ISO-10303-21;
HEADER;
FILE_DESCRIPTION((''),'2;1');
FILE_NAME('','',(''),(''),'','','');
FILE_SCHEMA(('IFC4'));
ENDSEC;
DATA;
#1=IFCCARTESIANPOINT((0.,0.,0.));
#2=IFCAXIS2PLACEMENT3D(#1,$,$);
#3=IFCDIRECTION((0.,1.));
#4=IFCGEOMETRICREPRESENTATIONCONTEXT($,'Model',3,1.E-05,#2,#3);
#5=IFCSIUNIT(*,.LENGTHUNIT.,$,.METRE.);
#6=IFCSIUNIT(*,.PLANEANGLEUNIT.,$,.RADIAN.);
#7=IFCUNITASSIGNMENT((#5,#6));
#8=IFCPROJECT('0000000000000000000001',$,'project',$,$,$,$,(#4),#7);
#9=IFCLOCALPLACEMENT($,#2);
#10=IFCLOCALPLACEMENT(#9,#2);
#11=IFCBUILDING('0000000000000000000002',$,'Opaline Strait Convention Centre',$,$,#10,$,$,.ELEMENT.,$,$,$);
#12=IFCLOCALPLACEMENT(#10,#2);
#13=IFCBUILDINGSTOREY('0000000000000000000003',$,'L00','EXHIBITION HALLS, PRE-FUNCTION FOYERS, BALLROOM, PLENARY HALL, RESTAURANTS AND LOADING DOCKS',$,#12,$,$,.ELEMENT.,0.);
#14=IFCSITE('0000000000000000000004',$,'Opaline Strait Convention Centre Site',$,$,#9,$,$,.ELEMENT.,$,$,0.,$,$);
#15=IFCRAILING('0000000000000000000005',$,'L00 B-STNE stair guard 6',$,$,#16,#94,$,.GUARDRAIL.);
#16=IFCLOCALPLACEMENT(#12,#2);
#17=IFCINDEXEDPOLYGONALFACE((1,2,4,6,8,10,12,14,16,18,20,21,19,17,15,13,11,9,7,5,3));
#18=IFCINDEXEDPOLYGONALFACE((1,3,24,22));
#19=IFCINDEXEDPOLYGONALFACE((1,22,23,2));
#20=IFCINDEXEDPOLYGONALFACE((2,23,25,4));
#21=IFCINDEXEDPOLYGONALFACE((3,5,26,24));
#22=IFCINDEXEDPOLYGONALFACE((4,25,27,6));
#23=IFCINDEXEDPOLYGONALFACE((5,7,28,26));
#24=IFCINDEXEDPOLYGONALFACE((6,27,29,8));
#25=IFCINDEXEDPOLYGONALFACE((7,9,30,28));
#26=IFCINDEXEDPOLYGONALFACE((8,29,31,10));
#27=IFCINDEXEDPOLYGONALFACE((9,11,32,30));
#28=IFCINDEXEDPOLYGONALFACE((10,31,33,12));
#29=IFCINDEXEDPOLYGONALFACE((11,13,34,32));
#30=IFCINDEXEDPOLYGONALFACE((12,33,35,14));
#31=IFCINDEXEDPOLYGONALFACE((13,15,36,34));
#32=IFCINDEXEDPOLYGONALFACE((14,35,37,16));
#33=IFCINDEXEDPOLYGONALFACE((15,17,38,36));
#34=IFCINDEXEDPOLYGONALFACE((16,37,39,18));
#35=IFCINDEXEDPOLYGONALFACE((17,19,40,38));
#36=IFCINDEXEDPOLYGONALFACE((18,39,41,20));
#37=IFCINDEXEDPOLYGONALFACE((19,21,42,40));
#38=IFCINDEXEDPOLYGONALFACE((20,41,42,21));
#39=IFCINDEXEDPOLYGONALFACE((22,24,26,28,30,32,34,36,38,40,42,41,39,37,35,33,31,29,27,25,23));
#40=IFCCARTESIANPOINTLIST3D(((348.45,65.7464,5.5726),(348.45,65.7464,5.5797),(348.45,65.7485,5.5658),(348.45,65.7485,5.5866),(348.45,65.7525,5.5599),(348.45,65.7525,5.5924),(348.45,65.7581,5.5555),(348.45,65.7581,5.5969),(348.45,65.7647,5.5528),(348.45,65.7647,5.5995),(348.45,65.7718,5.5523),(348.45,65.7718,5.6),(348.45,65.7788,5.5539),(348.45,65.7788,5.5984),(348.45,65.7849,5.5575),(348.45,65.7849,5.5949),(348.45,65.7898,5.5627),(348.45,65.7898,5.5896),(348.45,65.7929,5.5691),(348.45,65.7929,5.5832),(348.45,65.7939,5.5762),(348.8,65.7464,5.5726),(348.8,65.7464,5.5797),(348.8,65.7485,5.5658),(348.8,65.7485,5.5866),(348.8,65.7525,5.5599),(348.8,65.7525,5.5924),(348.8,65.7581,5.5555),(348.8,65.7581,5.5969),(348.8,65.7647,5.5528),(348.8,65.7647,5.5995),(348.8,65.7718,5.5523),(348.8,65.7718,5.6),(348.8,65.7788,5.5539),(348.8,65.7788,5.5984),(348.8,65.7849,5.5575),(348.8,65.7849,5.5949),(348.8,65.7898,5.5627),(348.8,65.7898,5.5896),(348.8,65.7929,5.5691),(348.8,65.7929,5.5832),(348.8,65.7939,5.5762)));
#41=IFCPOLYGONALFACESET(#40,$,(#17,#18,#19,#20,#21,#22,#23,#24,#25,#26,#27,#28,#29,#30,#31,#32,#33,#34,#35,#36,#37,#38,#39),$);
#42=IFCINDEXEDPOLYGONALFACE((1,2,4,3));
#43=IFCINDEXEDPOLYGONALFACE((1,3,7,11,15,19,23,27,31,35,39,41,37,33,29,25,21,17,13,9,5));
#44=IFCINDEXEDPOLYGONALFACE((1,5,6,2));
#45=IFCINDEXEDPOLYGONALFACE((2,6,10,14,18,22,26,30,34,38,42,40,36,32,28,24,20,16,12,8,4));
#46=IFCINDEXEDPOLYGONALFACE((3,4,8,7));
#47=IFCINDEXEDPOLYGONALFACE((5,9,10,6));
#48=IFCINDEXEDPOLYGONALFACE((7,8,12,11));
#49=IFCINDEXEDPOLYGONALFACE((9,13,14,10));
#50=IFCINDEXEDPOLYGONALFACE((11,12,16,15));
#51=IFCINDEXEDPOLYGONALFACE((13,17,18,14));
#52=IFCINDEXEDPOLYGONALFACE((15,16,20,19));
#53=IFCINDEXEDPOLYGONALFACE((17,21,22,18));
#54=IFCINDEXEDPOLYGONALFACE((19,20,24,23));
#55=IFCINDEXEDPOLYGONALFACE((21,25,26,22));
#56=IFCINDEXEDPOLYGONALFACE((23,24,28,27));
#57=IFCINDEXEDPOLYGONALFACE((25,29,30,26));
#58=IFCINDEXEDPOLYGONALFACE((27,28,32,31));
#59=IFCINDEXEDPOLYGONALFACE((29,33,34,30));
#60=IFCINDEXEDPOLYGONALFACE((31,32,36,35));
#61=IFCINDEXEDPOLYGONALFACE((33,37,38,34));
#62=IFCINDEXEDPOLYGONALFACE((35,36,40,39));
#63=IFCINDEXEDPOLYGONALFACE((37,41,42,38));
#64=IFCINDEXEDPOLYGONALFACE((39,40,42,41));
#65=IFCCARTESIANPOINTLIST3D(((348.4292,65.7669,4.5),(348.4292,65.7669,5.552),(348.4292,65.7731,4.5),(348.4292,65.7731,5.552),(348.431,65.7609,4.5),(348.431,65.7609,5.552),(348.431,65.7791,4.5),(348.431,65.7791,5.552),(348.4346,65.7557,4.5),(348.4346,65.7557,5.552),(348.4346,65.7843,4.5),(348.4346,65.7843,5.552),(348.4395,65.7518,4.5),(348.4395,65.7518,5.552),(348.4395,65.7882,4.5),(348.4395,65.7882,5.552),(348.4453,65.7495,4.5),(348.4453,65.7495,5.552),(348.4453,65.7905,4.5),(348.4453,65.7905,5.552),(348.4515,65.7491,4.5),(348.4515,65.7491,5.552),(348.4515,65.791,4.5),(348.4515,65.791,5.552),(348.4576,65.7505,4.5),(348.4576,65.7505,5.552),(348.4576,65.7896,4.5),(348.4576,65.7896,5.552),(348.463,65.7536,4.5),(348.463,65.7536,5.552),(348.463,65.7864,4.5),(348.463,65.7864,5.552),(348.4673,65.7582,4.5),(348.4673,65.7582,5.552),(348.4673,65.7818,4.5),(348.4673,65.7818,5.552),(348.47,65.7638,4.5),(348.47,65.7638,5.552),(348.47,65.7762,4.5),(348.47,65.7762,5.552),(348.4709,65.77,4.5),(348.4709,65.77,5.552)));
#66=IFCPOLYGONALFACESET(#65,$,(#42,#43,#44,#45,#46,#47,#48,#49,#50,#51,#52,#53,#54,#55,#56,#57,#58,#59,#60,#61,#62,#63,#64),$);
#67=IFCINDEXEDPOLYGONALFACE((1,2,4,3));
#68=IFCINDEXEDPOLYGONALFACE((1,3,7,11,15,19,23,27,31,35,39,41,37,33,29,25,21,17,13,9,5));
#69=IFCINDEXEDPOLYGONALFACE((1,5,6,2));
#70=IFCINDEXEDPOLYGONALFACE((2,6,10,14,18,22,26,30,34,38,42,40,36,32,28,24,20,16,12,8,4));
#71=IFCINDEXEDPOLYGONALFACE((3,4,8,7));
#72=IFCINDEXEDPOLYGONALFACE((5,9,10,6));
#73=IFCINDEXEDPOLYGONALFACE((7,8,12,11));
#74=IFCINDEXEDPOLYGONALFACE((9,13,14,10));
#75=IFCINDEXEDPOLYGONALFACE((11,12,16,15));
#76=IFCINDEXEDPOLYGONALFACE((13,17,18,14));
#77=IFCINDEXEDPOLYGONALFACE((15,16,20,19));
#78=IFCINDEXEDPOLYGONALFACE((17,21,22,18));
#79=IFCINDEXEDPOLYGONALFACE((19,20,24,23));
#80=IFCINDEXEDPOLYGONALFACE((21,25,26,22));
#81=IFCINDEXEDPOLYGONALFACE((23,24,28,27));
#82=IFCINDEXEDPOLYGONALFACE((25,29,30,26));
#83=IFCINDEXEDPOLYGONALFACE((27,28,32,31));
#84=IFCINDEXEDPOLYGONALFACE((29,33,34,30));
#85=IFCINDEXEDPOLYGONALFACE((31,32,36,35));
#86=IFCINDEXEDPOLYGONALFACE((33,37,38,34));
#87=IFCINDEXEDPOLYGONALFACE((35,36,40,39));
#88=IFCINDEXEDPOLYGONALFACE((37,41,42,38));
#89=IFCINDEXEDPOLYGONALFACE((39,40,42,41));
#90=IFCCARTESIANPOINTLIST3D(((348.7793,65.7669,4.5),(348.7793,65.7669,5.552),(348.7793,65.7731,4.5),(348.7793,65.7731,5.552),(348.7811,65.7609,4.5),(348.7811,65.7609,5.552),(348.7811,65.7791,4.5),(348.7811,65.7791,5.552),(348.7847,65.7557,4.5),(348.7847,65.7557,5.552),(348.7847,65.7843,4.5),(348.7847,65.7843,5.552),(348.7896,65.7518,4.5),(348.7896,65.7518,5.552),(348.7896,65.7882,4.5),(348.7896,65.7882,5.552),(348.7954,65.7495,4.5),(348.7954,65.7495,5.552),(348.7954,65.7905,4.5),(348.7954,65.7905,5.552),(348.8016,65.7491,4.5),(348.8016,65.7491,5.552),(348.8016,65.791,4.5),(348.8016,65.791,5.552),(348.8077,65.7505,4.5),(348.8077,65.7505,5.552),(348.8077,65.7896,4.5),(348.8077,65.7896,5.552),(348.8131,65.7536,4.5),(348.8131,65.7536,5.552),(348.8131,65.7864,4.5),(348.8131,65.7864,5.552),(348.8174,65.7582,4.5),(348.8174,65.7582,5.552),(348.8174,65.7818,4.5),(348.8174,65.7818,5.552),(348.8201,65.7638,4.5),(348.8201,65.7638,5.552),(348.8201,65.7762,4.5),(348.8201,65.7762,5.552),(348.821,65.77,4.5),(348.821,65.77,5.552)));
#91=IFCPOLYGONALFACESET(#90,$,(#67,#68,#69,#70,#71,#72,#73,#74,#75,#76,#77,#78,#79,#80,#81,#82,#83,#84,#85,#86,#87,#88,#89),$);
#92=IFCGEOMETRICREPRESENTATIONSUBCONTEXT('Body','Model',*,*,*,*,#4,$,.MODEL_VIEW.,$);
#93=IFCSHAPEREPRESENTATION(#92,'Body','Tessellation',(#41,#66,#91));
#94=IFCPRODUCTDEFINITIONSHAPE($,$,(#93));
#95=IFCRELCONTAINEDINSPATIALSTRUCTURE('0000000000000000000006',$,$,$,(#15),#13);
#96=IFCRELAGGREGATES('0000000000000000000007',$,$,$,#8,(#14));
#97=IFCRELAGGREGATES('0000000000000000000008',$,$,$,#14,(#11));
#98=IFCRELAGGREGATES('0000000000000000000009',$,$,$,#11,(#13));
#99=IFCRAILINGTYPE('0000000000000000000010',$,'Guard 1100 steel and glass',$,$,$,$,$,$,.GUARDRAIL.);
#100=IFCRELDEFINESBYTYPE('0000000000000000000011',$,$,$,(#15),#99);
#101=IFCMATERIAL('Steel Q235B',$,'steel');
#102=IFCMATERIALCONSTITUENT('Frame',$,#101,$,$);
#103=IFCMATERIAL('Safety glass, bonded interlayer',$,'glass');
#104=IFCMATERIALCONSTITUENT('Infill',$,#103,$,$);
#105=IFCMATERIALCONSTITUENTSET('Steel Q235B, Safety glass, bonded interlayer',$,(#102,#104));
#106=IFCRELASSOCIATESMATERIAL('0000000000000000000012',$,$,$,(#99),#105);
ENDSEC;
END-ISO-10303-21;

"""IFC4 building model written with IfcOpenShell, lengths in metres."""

from ifc_helpers import new_model, si_unit, direction, frame, origin, origin_2d, place, context, subcontext, project, spatial, circle, extrude, material, constituent, constituent_set, type_object, element, save


model = new_model("IFC4")

# Units and contexts
model_context = context("Model", 3, precision=1e-05, world=origin(), true_north=direction((0.0, 1.0)))
body_context = subcontext(model_context, "Body", "Model", "MODEL_VIEW")
ifc_project = project(units=[si_unit("LENGTHUNIT", "METRE"), si_unit("PLANEANGLEUNIT", "RADIAN")], contexts=[model_context])

# Site, building, storey
site_placement = place(None, origin())
site = spatial("IfcSite", under=ifc_project, at=site_placement, Name="Opaline Strait Convention Centre Site", CompositionType="ELEMENT", RefElevation=0.0)
building_placement = place(site_placement, origin())
building = spatial("IfcBuilding", under=site, at=building_placement, Name="Opaline Strait Convention Centre", CompositionType="ELEMENT")
storey_placement = place(building_placement, origin())
storey = spatial("IfcBuildingStorey", under=building, at=storey_placement, Name="L00", Description="EXHIBITION HALLS, PRE-FUNCTION FOYERS, BALLROOM, PLENARY HALL, RESTAURANTS AND LOADING DOCKS", CompositionType="ELEMENT", Elevation=0.0)

# Shared definitions
ifc_material_1 = material(Name="Steel Q235B", Category="steel")

# Railing
ifc_constituent_1 = constituent(ifc_material_1, Name="Frame")
ifc_material_2 = material(Name="Safety glass, bonded interlayer", Category="glass")
ifc_constituent_2 = constituent(ifc_material_2, Name="Infill")
ifc_constituent_set = constituent_set(constituents=[ifc_constituent_1, ifc_constituent_2], Name="Steel Q235B, Safety glass, bonded interlayer")
railing_type_1 = type_object("IfcRailingType", Name="Guard 1100 steel and glass", PredefinedType="GUARDRAIL", material=ifc_constituent_set)
railing_1_placement = place(storey_placement, frame((348.45, 65.77, 4.5)))
element("IfcRailing", 1, at=railing_1_placement, inside=storey, type_object=railing_type_1, Name="L00 B-STNE stair guard 6", PredefinedType="GUARDRAIL", context=body_context, shape_type="SweptSolid", body=[
    extrude(circle(Radius=0.0239, at=origin_2d()), frame((0.0, 0.0, 1.0762), z_axis=(1.0, 0.0, 0.0), x_axis=(0.0, 1.0, 0.0)), (0.0, 0.0, 1.0), 0.3501),
    extrude(circle(Radius=0.021, at=origin_2d()), origin(), (0.0, 0.0, 1.0), 1.052),
    extrude(circle(Radius=0.021, at=origin_2d()), frame((0.3501, 0.0, 0.0)), (0.0, 0.0, 1.0), 1.052),
])

save(model, "model.ifc")
